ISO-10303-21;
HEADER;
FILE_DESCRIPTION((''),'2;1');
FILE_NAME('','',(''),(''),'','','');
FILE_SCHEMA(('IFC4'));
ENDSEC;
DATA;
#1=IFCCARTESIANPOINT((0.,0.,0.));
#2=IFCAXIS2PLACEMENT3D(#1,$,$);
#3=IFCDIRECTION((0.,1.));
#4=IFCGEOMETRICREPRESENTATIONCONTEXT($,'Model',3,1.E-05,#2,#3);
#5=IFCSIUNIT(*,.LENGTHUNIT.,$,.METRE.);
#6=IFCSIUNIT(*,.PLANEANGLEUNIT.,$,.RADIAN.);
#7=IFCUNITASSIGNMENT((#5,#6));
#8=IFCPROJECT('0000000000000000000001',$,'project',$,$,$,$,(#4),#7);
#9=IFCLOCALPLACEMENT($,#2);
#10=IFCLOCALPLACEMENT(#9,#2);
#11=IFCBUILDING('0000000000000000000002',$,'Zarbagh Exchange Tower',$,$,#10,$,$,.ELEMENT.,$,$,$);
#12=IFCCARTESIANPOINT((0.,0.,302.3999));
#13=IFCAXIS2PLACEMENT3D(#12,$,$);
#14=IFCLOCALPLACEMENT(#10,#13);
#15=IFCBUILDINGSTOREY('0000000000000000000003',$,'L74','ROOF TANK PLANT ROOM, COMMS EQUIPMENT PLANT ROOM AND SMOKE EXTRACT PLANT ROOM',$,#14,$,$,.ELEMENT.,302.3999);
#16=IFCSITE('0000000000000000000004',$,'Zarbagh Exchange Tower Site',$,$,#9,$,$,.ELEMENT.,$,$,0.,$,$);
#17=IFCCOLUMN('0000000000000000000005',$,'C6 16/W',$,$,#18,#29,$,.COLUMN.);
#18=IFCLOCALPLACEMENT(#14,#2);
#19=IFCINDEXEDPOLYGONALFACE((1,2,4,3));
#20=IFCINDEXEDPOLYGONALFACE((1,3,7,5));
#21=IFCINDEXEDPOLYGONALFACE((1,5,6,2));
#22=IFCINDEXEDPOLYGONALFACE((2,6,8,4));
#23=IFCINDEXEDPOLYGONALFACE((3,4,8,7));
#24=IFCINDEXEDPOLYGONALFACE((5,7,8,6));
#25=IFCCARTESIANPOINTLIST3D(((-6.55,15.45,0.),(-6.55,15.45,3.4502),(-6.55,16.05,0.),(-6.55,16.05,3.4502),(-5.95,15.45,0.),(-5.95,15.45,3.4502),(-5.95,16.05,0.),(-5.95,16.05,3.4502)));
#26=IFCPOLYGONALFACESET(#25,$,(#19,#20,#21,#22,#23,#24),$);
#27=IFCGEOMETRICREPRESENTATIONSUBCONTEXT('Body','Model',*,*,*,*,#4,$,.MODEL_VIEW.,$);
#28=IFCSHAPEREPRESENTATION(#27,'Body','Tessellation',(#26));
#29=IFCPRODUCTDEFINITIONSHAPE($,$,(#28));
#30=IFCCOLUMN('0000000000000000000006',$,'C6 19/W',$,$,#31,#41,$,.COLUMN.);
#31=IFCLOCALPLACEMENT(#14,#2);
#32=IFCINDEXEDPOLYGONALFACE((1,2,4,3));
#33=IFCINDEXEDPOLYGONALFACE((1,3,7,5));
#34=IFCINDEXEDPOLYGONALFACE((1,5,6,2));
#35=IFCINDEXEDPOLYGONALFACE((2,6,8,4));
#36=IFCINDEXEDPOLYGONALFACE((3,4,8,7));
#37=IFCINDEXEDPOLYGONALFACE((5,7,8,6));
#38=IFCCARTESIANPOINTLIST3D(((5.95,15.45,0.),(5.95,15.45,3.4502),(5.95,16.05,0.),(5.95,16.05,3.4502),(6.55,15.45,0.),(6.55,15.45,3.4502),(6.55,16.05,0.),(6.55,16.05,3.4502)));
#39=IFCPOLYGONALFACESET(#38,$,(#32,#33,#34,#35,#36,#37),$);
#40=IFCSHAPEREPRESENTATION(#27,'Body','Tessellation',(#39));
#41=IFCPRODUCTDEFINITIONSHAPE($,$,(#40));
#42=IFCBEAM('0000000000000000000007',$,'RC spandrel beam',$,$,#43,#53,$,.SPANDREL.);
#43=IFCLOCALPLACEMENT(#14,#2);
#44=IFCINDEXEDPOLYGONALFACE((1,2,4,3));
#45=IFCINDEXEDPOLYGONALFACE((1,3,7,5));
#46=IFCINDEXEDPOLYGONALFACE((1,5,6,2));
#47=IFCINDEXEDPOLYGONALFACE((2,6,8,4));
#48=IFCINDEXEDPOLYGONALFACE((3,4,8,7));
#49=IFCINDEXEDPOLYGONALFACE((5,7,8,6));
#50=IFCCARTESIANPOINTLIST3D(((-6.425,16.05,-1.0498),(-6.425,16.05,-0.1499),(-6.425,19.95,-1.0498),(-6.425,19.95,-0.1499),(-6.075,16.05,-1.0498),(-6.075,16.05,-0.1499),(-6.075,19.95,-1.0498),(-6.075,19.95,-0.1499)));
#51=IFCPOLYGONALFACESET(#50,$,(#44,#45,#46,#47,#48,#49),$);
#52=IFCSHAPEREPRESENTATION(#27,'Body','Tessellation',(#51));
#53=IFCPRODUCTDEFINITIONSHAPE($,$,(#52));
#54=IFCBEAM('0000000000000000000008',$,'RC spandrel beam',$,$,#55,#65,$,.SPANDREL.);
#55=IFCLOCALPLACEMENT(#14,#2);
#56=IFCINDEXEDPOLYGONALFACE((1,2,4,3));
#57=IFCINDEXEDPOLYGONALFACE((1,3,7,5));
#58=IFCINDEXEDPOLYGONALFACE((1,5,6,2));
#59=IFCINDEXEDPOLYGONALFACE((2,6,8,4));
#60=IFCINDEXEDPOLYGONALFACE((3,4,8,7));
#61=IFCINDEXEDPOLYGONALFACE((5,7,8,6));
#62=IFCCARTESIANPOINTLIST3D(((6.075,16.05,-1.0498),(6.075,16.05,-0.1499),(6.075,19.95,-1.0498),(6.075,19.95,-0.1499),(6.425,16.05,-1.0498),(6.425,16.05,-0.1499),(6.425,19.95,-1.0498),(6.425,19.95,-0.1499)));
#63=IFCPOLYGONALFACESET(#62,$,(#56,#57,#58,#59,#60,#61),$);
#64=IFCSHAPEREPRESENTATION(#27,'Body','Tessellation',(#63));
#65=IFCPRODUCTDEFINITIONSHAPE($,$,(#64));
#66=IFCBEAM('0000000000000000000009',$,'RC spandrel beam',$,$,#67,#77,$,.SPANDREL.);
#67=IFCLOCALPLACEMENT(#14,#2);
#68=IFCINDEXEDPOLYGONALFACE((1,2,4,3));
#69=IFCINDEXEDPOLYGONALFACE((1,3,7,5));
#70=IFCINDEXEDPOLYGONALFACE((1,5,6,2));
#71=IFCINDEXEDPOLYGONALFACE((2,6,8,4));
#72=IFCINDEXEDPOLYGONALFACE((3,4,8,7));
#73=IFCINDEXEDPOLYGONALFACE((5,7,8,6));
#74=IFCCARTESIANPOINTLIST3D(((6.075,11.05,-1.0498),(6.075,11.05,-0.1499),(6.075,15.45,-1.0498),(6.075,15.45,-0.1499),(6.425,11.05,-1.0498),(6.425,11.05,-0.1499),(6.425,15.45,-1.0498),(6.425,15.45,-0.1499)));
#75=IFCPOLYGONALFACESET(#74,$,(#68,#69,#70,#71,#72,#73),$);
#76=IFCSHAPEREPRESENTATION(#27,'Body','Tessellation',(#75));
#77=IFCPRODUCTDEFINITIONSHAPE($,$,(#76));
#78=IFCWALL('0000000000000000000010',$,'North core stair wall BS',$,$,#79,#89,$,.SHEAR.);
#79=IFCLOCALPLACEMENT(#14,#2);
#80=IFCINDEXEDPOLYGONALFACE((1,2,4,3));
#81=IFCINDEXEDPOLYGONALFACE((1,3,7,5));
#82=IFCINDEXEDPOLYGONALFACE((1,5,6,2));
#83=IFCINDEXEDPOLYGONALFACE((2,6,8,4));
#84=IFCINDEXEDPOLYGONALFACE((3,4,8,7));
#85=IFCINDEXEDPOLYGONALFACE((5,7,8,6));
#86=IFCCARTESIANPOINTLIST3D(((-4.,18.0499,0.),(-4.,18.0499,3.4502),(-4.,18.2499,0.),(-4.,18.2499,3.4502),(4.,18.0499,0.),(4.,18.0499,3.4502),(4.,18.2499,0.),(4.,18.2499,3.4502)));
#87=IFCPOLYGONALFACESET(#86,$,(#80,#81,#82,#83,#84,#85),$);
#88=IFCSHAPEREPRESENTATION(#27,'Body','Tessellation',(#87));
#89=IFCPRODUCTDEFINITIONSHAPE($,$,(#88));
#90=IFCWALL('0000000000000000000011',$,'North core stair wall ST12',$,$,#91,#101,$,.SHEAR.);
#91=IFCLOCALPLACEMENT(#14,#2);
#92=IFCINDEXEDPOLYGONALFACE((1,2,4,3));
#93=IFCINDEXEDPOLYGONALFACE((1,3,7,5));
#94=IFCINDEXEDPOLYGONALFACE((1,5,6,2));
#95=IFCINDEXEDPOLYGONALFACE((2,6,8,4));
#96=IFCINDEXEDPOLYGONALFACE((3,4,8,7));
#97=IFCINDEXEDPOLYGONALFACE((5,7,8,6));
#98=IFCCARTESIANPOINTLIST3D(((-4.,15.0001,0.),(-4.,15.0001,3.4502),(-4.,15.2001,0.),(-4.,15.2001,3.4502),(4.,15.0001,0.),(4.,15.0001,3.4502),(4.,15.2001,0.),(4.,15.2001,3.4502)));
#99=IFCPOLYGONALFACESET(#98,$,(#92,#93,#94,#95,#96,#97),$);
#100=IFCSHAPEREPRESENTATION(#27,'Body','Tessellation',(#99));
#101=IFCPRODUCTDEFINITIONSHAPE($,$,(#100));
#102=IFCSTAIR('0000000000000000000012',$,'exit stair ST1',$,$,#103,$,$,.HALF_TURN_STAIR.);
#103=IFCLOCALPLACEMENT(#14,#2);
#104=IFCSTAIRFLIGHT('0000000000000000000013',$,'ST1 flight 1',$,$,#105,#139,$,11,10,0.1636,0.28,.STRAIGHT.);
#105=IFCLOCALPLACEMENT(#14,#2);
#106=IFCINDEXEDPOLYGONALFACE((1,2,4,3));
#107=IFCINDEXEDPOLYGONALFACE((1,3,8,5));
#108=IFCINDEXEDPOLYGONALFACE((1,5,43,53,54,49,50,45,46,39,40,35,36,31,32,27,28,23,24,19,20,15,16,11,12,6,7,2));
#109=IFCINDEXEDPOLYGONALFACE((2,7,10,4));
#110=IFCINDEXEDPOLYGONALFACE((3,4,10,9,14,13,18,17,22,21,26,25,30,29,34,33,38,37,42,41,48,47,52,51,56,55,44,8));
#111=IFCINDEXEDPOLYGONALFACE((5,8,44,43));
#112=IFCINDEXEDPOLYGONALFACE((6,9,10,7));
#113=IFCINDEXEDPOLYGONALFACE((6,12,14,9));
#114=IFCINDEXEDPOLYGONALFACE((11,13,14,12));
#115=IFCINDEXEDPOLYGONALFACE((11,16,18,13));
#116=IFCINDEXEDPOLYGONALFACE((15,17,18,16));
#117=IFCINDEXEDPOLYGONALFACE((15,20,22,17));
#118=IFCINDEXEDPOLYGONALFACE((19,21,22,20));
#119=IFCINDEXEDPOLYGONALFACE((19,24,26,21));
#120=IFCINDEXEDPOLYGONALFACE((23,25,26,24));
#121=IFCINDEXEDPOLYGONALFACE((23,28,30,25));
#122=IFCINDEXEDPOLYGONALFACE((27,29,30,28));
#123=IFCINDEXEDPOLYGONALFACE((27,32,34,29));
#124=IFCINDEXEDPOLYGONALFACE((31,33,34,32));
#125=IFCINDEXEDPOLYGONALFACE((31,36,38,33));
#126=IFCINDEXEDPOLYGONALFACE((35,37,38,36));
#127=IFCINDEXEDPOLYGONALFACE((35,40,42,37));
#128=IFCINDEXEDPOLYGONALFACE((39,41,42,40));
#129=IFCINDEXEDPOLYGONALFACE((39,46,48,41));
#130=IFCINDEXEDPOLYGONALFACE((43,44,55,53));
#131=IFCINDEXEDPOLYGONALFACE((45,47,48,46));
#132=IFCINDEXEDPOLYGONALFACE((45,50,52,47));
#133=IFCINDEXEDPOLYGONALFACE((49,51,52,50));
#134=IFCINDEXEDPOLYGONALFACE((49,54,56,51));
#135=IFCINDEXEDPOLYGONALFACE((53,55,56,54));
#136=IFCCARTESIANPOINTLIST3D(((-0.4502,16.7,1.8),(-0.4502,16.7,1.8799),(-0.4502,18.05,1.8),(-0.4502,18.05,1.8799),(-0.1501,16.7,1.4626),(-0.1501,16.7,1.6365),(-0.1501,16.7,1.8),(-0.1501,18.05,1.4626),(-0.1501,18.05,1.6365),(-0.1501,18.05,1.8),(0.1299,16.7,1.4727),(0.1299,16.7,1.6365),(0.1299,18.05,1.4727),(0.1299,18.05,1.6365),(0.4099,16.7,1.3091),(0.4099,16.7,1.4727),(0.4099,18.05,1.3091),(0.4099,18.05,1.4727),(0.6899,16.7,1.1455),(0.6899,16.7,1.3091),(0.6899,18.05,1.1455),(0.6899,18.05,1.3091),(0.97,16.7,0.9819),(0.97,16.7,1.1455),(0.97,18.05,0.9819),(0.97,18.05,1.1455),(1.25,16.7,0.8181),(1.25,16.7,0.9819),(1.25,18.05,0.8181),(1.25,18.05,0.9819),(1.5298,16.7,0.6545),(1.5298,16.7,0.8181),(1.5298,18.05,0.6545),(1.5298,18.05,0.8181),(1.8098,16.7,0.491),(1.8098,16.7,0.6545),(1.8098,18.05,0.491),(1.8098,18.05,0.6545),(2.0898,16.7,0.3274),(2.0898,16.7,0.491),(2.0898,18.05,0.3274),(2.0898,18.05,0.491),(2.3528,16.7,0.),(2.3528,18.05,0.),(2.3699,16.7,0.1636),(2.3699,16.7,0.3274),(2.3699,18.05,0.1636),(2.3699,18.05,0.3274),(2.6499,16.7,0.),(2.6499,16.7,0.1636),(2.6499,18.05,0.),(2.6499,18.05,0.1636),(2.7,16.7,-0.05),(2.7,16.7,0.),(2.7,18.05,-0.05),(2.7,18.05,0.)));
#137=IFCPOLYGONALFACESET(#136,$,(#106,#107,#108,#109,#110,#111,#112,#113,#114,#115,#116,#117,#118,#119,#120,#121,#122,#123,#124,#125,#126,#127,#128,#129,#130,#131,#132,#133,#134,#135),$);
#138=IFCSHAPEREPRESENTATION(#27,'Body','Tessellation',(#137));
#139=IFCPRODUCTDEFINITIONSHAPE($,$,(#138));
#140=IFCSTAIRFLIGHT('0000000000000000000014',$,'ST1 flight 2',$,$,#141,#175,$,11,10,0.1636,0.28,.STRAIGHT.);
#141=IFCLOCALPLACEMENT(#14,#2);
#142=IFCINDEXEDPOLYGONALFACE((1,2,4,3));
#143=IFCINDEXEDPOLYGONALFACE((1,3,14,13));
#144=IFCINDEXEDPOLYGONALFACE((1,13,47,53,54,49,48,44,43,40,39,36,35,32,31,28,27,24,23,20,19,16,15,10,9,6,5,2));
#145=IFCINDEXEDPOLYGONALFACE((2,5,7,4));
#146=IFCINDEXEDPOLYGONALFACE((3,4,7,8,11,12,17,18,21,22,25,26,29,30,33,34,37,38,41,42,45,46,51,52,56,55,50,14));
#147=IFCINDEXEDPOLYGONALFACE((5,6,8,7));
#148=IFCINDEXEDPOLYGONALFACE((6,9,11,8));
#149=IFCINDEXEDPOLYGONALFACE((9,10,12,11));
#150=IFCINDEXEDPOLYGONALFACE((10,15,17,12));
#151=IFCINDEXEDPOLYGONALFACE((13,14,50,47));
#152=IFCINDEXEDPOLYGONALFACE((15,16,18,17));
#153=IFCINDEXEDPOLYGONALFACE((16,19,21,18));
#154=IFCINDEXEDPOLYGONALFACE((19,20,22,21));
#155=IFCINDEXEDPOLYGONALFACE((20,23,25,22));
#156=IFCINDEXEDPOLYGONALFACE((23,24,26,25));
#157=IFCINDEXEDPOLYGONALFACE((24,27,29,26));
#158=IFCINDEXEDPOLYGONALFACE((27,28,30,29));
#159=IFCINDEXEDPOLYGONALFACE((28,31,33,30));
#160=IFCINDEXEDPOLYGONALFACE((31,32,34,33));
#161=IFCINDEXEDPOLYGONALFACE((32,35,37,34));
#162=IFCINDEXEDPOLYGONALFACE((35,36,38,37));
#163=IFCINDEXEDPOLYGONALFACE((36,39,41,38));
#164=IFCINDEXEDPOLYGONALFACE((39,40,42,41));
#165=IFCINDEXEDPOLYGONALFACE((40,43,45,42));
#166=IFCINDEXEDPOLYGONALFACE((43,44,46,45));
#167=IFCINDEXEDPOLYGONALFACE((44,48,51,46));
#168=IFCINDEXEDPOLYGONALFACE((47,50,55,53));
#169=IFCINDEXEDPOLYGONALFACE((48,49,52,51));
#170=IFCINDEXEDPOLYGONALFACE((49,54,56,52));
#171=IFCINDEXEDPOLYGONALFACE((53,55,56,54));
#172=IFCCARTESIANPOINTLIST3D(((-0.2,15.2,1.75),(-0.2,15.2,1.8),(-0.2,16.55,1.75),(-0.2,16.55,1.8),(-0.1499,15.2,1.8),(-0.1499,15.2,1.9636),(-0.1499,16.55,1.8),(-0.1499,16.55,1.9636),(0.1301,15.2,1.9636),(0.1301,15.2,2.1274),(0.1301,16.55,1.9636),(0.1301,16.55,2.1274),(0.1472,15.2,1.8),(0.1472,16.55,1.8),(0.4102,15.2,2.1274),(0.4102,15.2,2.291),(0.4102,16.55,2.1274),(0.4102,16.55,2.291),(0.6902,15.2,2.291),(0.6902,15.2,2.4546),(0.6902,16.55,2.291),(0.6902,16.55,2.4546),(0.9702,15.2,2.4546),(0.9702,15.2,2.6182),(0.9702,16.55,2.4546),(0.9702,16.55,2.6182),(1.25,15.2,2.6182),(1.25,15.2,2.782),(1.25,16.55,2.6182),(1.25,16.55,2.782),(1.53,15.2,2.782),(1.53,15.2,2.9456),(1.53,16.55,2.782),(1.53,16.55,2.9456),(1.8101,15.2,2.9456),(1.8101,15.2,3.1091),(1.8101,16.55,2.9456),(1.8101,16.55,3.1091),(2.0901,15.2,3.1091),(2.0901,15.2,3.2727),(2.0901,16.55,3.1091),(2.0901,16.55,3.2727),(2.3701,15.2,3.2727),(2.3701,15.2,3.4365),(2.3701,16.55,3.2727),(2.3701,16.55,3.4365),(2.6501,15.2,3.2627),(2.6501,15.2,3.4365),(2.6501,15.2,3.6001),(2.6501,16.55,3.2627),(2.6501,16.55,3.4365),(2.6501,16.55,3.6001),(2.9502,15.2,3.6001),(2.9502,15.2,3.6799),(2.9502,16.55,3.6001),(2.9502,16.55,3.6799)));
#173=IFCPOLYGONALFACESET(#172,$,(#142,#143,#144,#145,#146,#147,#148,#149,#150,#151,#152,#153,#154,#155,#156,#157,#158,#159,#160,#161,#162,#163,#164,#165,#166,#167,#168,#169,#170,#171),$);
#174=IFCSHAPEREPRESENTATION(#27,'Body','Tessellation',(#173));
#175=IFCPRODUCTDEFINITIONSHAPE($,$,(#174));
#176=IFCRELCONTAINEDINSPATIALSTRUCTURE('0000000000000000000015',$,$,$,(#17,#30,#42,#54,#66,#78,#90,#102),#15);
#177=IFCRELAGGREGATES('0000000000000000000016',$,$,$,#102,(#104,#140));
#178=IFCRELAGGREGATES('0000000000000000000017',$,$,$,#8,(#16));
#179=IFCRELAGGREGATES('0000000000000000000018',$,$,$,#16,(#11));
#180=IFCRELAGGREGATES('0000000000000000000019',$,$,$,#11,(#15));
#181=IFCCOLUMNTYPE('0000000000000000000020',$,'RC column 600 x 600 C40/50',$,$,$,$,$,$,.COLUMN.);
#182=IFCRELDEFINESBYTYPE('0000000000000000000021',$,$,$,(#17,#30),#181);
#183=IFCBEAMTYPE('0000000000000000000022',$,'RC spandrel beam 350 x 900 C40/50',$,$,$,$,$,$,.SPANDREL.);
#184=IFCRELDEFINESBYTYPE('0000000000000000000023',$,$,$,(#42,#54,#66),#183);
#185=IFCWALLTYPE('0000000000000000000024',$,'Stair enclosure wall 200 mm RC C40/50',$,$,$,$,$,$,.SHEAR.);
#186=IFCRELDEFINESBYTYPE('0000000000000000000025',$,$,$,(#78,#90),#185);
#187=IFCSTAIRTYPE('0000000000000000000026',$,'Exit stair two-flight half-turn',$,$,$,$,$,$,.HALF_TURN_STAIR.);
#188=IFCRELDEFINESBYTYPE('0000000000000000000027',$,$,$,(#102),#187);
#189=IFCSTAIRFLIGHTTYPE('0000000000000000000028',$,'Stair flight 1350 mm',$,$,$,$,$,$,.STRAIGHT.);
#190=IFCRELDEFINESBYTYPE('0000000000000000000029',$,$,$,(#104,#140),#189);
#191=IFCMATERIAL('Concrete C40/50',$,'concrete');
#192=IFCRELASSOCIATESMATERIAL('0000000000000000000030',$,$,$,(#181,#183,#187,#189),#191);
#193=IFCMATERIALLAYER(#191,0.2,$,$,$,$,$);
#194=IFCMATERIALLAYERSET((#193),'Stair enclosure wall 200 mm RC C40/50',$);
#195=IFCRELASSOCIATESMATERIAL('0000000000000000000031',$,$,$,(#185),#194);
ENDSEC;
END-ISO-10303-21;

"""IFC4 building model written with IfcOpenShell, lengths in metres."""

from ifc_helpers import new_model, si_unit, direction, frame, frame_2d, origin, origin_2d, place, context, subcontext, project, spatial, polyline, rectangle, outline, extrude, material, layer, layer_set, material_profile, profile_set, type_object, element, aggregate, save


model = new_model("IFC4")

# Units and contexts
model_context = context("Model", 3, precision=1e-05, world=origin(), true_north=direction((0.0, 1.0)))
body_context = subcontext(model_context, "Body", "Model", "MODEL_VIEW")
ifc_project = project(units=[si_unit("LENGTHUNIT", "METRE"), si_unit("PLANEANGLEUNIT", "RADIAN")], contexts=[model_context])

# Site, building, storey
site_placement = place(None, origin())
site = spatial("IfcSite", under=ifc_project, at=site_placement, Name="Zarbagh Exchange Tower Site", CompositionType="ELEMENT", RefElevation=0.0)
building_placement = place(site_placement, origin())
building = spatial("IfcBuilding", under=site, at=building_placement, Name="Zarbagh Exchange Tower", CompositionType="ELEMENT")
storey_placement = place(building_placement, frame((0.0, 0.0, 302.3999)))
storey = spatial("IfcBuildingStorey", under=building, at=storey_placement, Name="L74", Description="ROOF TANK PLANT ROOM, COMMS EQUIPMENT PLANT ROOM AND SMOKE EXTRACT PLANT ROOM", CompositionType="ELEMENT", Elevation=302.3999)

# Columns
ifc_material_1 = material(Name="Concrete C40/50", Category="concrete")
ifc_material_profile_1 = material_profile(ifc_material_1, rectangle(XDim=0.6001, YDim=0.6001, at=origin_2d()), Name="RC column 600 x 600 C40/50")
ifc_profile_set_1 = profile_set([ifc_material_profile_1], Name="Concrete C40/50")
column_type = type_object("IfcColumnType", Name="RC column 600 x 600 C40/50", PredefinedType="COLUMN", material=ifc_profile_set_1)
for number, where, z_axis, x_axis, name in (
    (1, (-6.25, 15.75, 0.0), (0.0, 0.0, 1.0), (1.0, 0.0, 0.0), "C6 16/W"),
    (2, (6.25, 15.75, 0.0), (0.0, 0.0, 1.0), (1.0, 0.0, 0.0), "C6 19/W"),
):
    element("IfcColumn", number, at=place(storey_placement, frame(where, z_axis=z_axis, x_axis=x_axis)), inside=storey, type_object=column_type, Name=name, PredefinedType="COLUMN", context=body_context, shape_type="SweptSolid", body=[
        extrude(rectangle(XDim=0.6001, YDim=0.6001, at=origin_2d()), origin(), (0.0, 0.0, 1.0), 3.4502),
    ])

# Beams
ifc_material_profile_2 = material_profile(ifc_material_1, rectangle(XDim=0.3501, YDim=0.8999, at=origin_2d()), Name="RC spandrel beam 350 x 900 C40/50")
ifc_profile_set_2 = profile_set([ifc_material_profile_2], Name="Concrete C40/50")
beam_type = type_object("IfcBeamType", Name="RC spandrel beam 350 x 900 C40/50", PredefinedType="SPANDREL", material=ifc_profile_set_2)
for number, where, z_axis, x_axis, name in (
    (3, (-6.25, 16.05, -0.5999), (0.0, 1.0, 0.0), (-1.0, 0.0, 0.0), "RC spandrel beam"),
    (4, (6.25, 19.95, -0.5999), (0.0, -1.0, 0.0), (1.0, 0.0, 0.0), "RC spandrel beam"),
):
    element("IfcBeam", number, at=place(storey_placement, frame(where, z_axis=z_axis, x_axis=x_axis)), inside=storey, type_object=beam_type, Name=name, PredefinedType="SPANDREL", context=body_context, shape_type="SweptSolid", body=[
        extrude(rectangle(XDim=0.3501, YDim=0.8999, at=origin_2d()), origin(), (0.0, 0.0, 1.0), 3.8999),
    ])
beam_placement = place(storey_placement, frame((6.25, 15.45, -0.5999), z_axis=(0.0, -1.0, 0.0), x_axis=(1.0, 0.0, 0.0)))
element("IfcBeam", 5, at=beam_placement, inside=storey, type_object=beam_type, Name="RC spandrel beam", PredefinedType="SPANDREL", context=body_context, shape_type="SweptSolid", body=[
    extrude(rectangle(XDim=0.3501, YDim=0.8999, at=origin_2d()), origin(), (0.0, 0.0, 1.0), 4.3999),
])

# Walls
ifc_layer = layer(ifc_material_1, 0.2)
ifc_layer_set = layer_set([ifc_layer], Name="Stair enclosure wall 200 mm RC C40/50")
wall_type = type_object("IfcWallType", Name="Stair enclosure wall 200 mm RC C40/50", PredefinedType="SHEAR", material=ifc_layer_set)
for number, where, z_axis, x_axis, name in (
    (6, (-4.0, 18.1499, 0.0), (0.0, 0.0, 1.0), (1.0, 0.0, 0.0), "North core stair wall BS"),
    (7, (-4.0, 15.1001, 0.0), (0.0, 0.0, 1.0), (1.0, 0.0, 0.0), "North core stair wall ST12"),
):
    element("IfcWall", number, at=place(storey_placement, frame(where, z_axis=z_axis, x_axis=x_axis)), inside=storey, type_object=wall_type, Name=name, PredefinedType="SHEAR", context=body_context, shape_type="SweptSolid", body=[
        extrude(rectangle(XDim=8.0, YDim=0.2, at=frame_2d((4.0, 0.0))), origin(), (0.0, 0.0, 1.0), 3.4502),
    ])

# Stair, stair flights
stair_type = type_object("IfcStairType", Name="Exit stair two-flight half-turn", PredefinedType="HALF_TURN_STAIR", material=ifc_material_1)
stair_1_placement = place(storey_placement, origin())
stair_1 = element("IfcStair", 8, at=stair_1_placement, inside=storey, type_object=stair_type, Name="exit stair ST1", PredefinedType="HALF_TURN_STAIR")
stair_flight_type_1 = type_object("IfcStairFlightType", Name="Stair flight 1350 mm", PredefinedType="STRAIGHT", material=ifc_material_1)
stair_flight_1_placement = place(storey_placement, frame((2.6499, 17.375, 0.0), z_axis=(0.0, 0.0, 1.0), x_axis=(-1.0, 0.0, 0.0)))
stair_flight_1 = element("IfcStairFlight", 9, at=stair_flight_1_placement, type_object=stair_flight_type_1, Name="ST1 flight 1", NumberOfRisers=11, NumberOfTreads=10, PredefinedType="STRAIGHT", RiserHeight=0.1636, TreadLength=0.28, context=body_context, shape_type="SweptSolid", body=[
    extrude(outline(polyline([(-0.05, -0.05), (-0.05, 0.0), (0.0, 0.0), (0.0, 0.1636), (0.28, 0.1636), (0.28, 0.3274), (0.5601, 0.3274), (0.5601, 0.491), (0.8401, 0.491), (0.8401, 0.6545), (1.1201, 0.6545), (1.1201, 0.8181), (1.3999, 0.8181), (1.3999, 0.9819), (1.6799, 0.9819), (1.6799, 1.1455), (1.96, 1.1455), (1.96, 1.3091), (2.24, 1.3091), (2.24, 1.4727), (2.52, 1.4727), (2.52, 1.6365), (2.8, 1.6365), (2.8, 1.8), (3.1001, 1.8799), (3.1001, 1.8), (2.8, 1.4626), (0.2971, 0.0), (-0.05, -0.05)])), frame((0.0, 0.675, 0.0), z_axis=(0.0, -1.0, 0.0), x_axis=(1.0, 0.0, 0.0)), (0.0, 0.0, 1.0), 1.3501),
])
stair_flight_2_placement = place(storey_placement, frame((-0.1499, 15.875, 1.8), z_axis=(0.0, 0.0, 1.0), x_axis=(1.0, 0.0, 0.0)))
stair_flight_2 = element("IfcStairFlight", 10, at=stair_flight_2_placement, type_object=stair_flight_type_1, Name="ST1 flight 2", NumberOfRisers=11, NumberOfTreads=10, PredefinedType="STRAIGHT", RiserHeight=0.1636, TreadLength=0.28, context=body_context, shape_type="SweptSolid", body=[
    extrude(outline(polyline([(-0.05, -0.05), (-0.05, 0.0), (0.0, 0.0), (0.0, 0.1636), (0.28, 0.1636), (0.28, 0.3274), (0.5601, 0.3274), (0.5601, 0.491), (0.8401, 0.491), (0.8401, 0.6545), (1.1201, 0.6545), (1.1201, 0.8181), (1.3999, 0.8181), (1.3999, 0.9819), (1.6799, 0.9819), (1.6799, 1.1455), (1.96, 1.1455), (1.96, 1.3091), (2.24, 1.3091), (2.24, 1.4727), (2.52, 1.4727), (2.52, 1.6365), (2.8, 1.6365), (2.8, 1.8), (3.1001, 1.8799), (3.1001, 1.8), (2.8, 1.4626), (0.2971, 0.0), (-0.05, -0.05)])), frame((0.0, 0.675, 0.0), z_axis=(0.0, -1.0, 0.0), x_axis=(1.0, 0.0, 0.0)), (0.0, 0.0, 1.0), 1.3501),
])
aggregate(stair_1, [stair_flight_1, stair_flight_2])

save(model, "model.ifc")
